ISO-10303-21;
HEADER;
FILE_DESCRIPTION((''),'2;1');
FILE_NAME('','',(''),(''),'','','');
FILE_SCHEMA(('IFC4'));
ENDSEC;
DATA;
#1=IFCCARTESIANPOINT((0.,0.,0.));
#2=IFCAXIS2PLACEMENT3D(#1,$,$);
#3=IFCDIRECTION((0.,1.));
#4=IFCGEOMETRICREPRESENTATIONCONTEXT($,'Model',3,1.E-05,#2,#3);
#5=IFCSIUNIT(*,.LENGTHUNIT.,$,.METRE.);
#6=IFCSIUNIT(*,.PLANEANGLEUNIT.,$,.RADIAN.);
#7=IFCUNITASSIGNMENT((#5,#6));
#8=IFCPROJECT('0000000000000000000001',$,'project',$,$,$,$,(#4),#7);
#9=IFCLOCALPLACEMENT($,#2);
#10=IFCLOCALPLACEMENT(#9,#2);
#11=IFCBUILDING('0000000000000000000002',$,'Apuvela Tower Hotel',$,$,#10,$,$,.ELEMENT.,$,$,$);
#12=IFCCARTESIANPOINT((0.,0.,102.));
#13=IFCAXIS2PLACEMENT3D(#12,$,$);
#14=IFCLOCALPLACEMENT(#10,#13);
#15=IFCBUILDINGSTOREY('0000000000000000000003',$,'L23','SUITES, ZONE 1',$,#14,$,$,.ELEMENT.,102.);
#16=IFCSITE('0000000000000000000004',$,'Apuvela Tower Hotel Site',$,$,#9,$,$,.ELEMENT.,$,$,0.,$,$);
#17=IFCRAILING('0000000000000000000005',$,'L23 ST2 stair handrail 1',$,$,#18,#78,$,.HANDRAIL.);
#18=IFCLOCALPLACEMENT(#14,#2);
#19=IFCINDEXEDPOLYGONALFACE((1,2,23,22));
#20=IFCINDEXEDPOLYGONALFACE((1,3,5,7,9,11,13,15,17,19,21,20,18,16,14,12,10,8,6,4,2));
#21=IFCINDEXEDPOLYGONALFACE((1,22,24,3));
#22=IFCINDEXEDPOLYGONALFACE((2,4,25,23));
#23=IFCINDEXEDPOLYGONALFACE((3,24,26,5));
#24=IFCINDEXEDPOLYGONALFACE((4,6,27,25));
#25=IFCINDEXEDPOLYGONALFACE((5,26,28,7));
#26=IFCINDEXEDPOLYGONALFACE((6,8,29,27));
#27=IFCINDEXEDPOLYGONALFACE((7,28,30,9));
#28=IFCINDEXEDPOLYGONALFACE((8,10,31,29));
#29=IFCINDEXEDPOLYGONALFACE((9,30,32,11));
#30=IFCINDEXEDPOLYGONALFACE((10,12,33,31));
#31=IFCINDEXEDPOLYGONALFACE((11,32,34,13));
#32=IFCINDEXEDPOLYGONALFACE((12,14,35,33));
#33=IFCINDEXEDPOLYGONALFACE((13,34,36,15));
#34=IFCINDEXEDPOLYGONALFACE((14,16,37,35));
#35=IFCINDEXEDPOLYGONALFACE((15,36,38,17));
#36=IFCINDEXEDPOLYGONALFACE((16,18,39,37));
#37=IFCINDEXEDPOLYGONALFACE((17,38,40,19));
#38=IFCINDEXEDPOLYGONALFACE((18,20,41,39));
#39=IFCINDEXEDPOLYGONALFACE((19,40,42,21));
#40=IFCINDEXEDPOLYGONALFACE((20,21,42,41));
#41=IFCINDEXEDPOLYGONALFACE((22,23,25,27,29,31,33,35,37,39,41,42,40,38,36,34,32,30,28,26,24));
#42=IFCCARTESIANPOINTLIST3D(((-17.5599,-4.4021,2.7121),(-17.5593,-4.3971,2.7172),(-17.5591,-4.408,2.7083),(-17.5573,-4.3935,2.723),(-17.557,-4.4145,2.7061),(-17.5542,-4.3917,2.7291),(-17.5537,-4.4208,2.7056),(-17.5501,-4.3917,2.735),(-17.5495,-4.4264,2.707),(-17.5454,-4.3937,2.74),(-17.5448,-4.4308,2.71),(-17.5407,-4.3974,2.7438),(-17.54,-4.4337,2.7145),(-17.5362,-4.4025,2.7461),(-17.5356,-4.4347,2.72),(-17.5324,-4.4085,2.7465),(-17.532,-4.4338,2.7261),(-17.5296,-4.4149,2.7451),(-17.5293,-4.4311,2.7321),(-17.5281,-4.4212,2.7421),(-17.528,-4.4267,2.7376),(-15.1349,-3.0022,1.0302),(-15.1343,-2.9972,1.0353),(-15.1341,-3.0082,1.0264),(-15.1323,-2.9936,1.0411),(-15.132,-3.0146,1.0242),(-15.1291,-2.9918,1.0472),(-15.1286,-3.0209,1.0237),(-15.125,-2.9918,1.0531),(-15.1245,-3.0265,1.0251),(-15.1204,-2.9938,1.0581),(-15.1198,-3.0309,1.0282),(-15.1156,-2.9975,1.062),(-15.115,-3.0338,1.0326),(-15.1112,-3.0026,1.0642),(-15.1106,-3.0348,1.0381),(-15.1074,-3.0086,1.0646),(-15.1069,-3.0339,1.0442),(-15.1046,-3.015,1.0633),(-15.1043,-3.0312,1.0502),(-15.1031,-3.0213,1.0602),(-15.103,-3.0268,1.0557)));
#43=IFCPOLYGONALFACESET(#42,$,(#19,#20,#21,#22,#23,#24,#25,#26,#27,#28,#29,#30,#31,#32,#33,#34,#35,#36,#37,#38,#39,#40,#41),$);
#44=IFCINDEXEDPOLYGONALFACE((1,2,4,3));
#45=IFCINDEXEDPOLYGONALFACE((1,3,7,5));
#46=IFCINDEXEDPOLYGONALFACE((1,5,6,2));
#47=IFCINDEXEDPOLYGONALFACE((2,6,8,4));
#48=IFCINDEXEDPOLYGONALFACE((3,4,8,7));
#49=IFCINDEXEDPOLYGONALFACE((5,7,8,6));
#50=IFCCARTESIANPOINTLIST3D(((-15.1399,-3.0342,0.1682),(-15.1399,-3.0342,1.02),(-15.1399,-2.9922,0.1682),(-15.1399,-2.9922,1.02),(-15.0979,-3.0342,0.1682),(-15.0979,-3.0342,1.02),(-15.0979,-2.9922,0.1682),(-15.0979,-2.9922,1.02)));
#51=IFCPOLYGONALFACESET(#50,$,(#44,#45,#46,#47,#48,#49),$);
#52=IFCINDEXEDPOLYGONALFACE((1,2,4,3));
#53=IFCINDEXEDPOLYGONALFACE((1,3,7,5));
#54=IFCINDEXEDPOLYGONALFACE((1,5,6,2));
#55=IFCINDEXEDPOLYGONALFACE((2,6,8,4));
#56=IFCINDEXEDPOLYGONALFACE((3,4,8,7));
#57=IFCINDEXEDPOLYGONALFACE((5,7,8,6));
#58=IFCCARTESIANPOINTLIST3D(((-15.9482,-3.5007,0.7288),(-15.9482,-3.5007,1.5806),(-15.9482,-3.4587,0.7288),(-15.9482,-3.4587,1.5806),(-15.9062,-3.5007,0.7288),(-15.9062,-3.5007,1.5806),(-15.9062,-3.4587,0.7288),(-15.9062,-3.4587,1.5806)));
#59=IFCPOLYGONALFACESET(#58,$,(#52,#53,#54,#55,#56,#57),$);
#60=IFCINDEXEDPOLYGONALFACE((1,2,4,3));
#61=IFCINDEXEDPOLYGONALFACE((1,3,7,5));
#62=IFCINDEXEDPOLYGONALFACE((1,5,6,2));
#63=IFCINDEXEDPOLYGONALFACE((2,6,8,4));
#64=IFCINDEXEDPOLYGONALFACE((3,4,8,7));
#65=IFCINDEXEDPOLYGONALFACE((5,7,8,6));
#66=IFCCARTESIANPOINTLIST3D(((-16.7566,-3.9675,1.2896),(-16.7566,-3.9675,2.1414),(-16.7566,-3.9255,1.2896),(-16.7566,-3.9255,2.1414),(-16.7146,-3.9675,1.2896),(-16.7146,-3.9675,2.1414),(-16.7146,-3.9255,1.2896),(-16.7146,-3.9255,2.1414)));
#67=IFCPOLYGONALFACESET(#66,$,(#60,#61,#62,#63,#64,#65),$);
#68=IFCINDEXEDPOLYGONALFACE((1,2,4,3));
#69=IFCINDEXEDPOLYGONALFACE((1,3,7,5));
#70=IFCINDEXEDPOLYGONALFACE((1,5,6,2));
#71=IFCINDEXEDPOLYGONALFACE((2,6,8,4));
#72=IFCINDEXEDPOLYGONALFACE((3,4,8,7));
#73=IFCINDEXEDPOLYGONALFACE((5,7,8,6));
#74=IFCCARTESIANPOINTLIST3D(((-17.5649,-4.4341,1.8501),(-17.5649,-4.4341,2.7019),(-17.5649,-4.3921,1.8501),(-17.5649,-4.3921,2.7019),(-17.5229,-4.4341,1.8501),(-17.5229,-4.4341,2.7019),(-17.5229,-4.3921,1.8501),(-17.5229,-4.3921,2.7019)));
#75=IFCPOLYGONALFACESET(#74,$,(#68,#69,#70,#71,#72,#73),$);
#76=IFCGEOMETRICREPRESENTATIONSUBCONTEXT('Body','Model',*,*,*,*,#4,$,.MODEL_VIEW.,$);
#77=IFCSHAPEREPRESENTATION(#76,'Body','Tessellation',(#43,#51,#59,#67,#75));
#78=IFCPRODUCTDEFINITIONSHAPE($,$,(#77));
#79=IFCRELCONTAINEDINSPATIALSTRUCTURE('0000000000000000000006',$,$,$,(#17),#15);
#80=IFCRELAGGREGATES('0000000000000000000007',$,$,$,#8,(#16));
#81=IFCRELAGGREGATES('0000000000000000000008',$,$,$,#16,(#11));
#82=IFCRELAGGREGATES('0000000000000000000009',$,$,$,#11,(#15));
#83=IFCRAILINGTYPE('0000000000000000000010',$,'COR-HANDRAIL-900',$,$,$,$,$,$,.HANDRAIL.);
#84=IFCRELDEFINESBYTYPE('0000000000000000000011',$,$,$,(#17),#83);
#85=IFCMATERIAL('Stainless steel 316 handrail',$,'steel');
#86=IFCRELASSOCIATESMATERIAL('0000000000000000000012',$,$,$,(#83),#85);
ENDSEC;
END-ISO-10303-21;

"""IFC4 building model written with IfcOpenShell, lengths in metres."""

from ifc_helpers import new_model, si_unit, direction, frame, origin, origin_2d, place, context, subcontext, project, spatial, rectangle, circle, extrude, material, type_object, element, save


model = new_model("IFC4")

# Units and contexts
model_context = context("Model", 3, precision=1e-05, world=origin(), true_north=direction((0.0, 1.0)))
body_context = subcontext(model_context, "Body", "Model", "MODEL_VIEW")
ifc_project = project(units=[si_unit("LENGTHUNIT", "METRE"), si_unit("PLANEANGLEUNIT", "RADIAN")], contexts=[model_context])

# Site, building, storey
site_placement = place(None, origin())
site = spatial("IfcSite", under=ifc_project, at=site_placement, Name="Apuvela Tower Hotel Site", CompositionType="ELEMENT", RefElevation=0.0)
building_placement = place(site_placement, origin())
building = spatial("IfcBuilding", under=site, at=building_placement, Name="Apuvela Tower Hotel", CompositionType="ELEMENT")
storey_placement = place(building_placement, frame((0.0, 0.0, 102.0)))
storey = spatial("IfcBuildingStorey", under=building, at=storey_placement, Name="L23", Description="SUITES, ZONE 1", CompositionType="ELEMENT", Elevation=102.0)

# Railing
ifc_material_1 = material(Name="Stainless steel 316 handrail", Category="steel")
railing_type_1 = type_object("IfcRailingType", Name="COR-HANDRAIL-900", PredefinedType="HANDRAIL", material=ifc_material_1)
railing_1_placement = place(storey_placement, frame((-15.1189, -3.0132, 0.1682)))
element("IfcRailing", 1, at=railing_1_placement, inside=storey, type_object=railing_type_1, Name="L23 ST2 stair handrail 1", PredefinedType="HANDRAIL", context=body_context, shape_type="SweptSolid", body=[
    extrude(circle(Radius=0.0239, at=origin_2d()), frame((0.0, 0.0, 0.876), z_axis=(-0.742424, -0.428577, 0.514906), x_axis=(0.499946, -0.866056, 0.0)), (0.0, 0.0, 1.0), 3.2664),
    extrude(rectangle(XDim=0.042, YDim=0.042, at=origin_2d()), origin(), (0.0, 0.0, 1.0), 0.8518),
    extrude(rectangle(XDim=0.042, YDim=0.042, at=origin_2d()), frame((-0.8083, -0.4666, 0.5605)), (0.0, 0.0, 1.0), 0.8518),
    extrude(rectangle(XDim=0.042, YDim=0.042, at=origin_2d()), frame((-1.6167, -0.9333, 1.1213)), (0.0, 0.0, 1.0), 0.8518),
    extrude(rectangle(XDim=0.042, YDim=0.042, at=origin_2d()), frame((-2.425, -1.3999, 1.6819)), (0.0, 0.0, 1.0), 0.8518),
])

save(model, "model.ifc")
